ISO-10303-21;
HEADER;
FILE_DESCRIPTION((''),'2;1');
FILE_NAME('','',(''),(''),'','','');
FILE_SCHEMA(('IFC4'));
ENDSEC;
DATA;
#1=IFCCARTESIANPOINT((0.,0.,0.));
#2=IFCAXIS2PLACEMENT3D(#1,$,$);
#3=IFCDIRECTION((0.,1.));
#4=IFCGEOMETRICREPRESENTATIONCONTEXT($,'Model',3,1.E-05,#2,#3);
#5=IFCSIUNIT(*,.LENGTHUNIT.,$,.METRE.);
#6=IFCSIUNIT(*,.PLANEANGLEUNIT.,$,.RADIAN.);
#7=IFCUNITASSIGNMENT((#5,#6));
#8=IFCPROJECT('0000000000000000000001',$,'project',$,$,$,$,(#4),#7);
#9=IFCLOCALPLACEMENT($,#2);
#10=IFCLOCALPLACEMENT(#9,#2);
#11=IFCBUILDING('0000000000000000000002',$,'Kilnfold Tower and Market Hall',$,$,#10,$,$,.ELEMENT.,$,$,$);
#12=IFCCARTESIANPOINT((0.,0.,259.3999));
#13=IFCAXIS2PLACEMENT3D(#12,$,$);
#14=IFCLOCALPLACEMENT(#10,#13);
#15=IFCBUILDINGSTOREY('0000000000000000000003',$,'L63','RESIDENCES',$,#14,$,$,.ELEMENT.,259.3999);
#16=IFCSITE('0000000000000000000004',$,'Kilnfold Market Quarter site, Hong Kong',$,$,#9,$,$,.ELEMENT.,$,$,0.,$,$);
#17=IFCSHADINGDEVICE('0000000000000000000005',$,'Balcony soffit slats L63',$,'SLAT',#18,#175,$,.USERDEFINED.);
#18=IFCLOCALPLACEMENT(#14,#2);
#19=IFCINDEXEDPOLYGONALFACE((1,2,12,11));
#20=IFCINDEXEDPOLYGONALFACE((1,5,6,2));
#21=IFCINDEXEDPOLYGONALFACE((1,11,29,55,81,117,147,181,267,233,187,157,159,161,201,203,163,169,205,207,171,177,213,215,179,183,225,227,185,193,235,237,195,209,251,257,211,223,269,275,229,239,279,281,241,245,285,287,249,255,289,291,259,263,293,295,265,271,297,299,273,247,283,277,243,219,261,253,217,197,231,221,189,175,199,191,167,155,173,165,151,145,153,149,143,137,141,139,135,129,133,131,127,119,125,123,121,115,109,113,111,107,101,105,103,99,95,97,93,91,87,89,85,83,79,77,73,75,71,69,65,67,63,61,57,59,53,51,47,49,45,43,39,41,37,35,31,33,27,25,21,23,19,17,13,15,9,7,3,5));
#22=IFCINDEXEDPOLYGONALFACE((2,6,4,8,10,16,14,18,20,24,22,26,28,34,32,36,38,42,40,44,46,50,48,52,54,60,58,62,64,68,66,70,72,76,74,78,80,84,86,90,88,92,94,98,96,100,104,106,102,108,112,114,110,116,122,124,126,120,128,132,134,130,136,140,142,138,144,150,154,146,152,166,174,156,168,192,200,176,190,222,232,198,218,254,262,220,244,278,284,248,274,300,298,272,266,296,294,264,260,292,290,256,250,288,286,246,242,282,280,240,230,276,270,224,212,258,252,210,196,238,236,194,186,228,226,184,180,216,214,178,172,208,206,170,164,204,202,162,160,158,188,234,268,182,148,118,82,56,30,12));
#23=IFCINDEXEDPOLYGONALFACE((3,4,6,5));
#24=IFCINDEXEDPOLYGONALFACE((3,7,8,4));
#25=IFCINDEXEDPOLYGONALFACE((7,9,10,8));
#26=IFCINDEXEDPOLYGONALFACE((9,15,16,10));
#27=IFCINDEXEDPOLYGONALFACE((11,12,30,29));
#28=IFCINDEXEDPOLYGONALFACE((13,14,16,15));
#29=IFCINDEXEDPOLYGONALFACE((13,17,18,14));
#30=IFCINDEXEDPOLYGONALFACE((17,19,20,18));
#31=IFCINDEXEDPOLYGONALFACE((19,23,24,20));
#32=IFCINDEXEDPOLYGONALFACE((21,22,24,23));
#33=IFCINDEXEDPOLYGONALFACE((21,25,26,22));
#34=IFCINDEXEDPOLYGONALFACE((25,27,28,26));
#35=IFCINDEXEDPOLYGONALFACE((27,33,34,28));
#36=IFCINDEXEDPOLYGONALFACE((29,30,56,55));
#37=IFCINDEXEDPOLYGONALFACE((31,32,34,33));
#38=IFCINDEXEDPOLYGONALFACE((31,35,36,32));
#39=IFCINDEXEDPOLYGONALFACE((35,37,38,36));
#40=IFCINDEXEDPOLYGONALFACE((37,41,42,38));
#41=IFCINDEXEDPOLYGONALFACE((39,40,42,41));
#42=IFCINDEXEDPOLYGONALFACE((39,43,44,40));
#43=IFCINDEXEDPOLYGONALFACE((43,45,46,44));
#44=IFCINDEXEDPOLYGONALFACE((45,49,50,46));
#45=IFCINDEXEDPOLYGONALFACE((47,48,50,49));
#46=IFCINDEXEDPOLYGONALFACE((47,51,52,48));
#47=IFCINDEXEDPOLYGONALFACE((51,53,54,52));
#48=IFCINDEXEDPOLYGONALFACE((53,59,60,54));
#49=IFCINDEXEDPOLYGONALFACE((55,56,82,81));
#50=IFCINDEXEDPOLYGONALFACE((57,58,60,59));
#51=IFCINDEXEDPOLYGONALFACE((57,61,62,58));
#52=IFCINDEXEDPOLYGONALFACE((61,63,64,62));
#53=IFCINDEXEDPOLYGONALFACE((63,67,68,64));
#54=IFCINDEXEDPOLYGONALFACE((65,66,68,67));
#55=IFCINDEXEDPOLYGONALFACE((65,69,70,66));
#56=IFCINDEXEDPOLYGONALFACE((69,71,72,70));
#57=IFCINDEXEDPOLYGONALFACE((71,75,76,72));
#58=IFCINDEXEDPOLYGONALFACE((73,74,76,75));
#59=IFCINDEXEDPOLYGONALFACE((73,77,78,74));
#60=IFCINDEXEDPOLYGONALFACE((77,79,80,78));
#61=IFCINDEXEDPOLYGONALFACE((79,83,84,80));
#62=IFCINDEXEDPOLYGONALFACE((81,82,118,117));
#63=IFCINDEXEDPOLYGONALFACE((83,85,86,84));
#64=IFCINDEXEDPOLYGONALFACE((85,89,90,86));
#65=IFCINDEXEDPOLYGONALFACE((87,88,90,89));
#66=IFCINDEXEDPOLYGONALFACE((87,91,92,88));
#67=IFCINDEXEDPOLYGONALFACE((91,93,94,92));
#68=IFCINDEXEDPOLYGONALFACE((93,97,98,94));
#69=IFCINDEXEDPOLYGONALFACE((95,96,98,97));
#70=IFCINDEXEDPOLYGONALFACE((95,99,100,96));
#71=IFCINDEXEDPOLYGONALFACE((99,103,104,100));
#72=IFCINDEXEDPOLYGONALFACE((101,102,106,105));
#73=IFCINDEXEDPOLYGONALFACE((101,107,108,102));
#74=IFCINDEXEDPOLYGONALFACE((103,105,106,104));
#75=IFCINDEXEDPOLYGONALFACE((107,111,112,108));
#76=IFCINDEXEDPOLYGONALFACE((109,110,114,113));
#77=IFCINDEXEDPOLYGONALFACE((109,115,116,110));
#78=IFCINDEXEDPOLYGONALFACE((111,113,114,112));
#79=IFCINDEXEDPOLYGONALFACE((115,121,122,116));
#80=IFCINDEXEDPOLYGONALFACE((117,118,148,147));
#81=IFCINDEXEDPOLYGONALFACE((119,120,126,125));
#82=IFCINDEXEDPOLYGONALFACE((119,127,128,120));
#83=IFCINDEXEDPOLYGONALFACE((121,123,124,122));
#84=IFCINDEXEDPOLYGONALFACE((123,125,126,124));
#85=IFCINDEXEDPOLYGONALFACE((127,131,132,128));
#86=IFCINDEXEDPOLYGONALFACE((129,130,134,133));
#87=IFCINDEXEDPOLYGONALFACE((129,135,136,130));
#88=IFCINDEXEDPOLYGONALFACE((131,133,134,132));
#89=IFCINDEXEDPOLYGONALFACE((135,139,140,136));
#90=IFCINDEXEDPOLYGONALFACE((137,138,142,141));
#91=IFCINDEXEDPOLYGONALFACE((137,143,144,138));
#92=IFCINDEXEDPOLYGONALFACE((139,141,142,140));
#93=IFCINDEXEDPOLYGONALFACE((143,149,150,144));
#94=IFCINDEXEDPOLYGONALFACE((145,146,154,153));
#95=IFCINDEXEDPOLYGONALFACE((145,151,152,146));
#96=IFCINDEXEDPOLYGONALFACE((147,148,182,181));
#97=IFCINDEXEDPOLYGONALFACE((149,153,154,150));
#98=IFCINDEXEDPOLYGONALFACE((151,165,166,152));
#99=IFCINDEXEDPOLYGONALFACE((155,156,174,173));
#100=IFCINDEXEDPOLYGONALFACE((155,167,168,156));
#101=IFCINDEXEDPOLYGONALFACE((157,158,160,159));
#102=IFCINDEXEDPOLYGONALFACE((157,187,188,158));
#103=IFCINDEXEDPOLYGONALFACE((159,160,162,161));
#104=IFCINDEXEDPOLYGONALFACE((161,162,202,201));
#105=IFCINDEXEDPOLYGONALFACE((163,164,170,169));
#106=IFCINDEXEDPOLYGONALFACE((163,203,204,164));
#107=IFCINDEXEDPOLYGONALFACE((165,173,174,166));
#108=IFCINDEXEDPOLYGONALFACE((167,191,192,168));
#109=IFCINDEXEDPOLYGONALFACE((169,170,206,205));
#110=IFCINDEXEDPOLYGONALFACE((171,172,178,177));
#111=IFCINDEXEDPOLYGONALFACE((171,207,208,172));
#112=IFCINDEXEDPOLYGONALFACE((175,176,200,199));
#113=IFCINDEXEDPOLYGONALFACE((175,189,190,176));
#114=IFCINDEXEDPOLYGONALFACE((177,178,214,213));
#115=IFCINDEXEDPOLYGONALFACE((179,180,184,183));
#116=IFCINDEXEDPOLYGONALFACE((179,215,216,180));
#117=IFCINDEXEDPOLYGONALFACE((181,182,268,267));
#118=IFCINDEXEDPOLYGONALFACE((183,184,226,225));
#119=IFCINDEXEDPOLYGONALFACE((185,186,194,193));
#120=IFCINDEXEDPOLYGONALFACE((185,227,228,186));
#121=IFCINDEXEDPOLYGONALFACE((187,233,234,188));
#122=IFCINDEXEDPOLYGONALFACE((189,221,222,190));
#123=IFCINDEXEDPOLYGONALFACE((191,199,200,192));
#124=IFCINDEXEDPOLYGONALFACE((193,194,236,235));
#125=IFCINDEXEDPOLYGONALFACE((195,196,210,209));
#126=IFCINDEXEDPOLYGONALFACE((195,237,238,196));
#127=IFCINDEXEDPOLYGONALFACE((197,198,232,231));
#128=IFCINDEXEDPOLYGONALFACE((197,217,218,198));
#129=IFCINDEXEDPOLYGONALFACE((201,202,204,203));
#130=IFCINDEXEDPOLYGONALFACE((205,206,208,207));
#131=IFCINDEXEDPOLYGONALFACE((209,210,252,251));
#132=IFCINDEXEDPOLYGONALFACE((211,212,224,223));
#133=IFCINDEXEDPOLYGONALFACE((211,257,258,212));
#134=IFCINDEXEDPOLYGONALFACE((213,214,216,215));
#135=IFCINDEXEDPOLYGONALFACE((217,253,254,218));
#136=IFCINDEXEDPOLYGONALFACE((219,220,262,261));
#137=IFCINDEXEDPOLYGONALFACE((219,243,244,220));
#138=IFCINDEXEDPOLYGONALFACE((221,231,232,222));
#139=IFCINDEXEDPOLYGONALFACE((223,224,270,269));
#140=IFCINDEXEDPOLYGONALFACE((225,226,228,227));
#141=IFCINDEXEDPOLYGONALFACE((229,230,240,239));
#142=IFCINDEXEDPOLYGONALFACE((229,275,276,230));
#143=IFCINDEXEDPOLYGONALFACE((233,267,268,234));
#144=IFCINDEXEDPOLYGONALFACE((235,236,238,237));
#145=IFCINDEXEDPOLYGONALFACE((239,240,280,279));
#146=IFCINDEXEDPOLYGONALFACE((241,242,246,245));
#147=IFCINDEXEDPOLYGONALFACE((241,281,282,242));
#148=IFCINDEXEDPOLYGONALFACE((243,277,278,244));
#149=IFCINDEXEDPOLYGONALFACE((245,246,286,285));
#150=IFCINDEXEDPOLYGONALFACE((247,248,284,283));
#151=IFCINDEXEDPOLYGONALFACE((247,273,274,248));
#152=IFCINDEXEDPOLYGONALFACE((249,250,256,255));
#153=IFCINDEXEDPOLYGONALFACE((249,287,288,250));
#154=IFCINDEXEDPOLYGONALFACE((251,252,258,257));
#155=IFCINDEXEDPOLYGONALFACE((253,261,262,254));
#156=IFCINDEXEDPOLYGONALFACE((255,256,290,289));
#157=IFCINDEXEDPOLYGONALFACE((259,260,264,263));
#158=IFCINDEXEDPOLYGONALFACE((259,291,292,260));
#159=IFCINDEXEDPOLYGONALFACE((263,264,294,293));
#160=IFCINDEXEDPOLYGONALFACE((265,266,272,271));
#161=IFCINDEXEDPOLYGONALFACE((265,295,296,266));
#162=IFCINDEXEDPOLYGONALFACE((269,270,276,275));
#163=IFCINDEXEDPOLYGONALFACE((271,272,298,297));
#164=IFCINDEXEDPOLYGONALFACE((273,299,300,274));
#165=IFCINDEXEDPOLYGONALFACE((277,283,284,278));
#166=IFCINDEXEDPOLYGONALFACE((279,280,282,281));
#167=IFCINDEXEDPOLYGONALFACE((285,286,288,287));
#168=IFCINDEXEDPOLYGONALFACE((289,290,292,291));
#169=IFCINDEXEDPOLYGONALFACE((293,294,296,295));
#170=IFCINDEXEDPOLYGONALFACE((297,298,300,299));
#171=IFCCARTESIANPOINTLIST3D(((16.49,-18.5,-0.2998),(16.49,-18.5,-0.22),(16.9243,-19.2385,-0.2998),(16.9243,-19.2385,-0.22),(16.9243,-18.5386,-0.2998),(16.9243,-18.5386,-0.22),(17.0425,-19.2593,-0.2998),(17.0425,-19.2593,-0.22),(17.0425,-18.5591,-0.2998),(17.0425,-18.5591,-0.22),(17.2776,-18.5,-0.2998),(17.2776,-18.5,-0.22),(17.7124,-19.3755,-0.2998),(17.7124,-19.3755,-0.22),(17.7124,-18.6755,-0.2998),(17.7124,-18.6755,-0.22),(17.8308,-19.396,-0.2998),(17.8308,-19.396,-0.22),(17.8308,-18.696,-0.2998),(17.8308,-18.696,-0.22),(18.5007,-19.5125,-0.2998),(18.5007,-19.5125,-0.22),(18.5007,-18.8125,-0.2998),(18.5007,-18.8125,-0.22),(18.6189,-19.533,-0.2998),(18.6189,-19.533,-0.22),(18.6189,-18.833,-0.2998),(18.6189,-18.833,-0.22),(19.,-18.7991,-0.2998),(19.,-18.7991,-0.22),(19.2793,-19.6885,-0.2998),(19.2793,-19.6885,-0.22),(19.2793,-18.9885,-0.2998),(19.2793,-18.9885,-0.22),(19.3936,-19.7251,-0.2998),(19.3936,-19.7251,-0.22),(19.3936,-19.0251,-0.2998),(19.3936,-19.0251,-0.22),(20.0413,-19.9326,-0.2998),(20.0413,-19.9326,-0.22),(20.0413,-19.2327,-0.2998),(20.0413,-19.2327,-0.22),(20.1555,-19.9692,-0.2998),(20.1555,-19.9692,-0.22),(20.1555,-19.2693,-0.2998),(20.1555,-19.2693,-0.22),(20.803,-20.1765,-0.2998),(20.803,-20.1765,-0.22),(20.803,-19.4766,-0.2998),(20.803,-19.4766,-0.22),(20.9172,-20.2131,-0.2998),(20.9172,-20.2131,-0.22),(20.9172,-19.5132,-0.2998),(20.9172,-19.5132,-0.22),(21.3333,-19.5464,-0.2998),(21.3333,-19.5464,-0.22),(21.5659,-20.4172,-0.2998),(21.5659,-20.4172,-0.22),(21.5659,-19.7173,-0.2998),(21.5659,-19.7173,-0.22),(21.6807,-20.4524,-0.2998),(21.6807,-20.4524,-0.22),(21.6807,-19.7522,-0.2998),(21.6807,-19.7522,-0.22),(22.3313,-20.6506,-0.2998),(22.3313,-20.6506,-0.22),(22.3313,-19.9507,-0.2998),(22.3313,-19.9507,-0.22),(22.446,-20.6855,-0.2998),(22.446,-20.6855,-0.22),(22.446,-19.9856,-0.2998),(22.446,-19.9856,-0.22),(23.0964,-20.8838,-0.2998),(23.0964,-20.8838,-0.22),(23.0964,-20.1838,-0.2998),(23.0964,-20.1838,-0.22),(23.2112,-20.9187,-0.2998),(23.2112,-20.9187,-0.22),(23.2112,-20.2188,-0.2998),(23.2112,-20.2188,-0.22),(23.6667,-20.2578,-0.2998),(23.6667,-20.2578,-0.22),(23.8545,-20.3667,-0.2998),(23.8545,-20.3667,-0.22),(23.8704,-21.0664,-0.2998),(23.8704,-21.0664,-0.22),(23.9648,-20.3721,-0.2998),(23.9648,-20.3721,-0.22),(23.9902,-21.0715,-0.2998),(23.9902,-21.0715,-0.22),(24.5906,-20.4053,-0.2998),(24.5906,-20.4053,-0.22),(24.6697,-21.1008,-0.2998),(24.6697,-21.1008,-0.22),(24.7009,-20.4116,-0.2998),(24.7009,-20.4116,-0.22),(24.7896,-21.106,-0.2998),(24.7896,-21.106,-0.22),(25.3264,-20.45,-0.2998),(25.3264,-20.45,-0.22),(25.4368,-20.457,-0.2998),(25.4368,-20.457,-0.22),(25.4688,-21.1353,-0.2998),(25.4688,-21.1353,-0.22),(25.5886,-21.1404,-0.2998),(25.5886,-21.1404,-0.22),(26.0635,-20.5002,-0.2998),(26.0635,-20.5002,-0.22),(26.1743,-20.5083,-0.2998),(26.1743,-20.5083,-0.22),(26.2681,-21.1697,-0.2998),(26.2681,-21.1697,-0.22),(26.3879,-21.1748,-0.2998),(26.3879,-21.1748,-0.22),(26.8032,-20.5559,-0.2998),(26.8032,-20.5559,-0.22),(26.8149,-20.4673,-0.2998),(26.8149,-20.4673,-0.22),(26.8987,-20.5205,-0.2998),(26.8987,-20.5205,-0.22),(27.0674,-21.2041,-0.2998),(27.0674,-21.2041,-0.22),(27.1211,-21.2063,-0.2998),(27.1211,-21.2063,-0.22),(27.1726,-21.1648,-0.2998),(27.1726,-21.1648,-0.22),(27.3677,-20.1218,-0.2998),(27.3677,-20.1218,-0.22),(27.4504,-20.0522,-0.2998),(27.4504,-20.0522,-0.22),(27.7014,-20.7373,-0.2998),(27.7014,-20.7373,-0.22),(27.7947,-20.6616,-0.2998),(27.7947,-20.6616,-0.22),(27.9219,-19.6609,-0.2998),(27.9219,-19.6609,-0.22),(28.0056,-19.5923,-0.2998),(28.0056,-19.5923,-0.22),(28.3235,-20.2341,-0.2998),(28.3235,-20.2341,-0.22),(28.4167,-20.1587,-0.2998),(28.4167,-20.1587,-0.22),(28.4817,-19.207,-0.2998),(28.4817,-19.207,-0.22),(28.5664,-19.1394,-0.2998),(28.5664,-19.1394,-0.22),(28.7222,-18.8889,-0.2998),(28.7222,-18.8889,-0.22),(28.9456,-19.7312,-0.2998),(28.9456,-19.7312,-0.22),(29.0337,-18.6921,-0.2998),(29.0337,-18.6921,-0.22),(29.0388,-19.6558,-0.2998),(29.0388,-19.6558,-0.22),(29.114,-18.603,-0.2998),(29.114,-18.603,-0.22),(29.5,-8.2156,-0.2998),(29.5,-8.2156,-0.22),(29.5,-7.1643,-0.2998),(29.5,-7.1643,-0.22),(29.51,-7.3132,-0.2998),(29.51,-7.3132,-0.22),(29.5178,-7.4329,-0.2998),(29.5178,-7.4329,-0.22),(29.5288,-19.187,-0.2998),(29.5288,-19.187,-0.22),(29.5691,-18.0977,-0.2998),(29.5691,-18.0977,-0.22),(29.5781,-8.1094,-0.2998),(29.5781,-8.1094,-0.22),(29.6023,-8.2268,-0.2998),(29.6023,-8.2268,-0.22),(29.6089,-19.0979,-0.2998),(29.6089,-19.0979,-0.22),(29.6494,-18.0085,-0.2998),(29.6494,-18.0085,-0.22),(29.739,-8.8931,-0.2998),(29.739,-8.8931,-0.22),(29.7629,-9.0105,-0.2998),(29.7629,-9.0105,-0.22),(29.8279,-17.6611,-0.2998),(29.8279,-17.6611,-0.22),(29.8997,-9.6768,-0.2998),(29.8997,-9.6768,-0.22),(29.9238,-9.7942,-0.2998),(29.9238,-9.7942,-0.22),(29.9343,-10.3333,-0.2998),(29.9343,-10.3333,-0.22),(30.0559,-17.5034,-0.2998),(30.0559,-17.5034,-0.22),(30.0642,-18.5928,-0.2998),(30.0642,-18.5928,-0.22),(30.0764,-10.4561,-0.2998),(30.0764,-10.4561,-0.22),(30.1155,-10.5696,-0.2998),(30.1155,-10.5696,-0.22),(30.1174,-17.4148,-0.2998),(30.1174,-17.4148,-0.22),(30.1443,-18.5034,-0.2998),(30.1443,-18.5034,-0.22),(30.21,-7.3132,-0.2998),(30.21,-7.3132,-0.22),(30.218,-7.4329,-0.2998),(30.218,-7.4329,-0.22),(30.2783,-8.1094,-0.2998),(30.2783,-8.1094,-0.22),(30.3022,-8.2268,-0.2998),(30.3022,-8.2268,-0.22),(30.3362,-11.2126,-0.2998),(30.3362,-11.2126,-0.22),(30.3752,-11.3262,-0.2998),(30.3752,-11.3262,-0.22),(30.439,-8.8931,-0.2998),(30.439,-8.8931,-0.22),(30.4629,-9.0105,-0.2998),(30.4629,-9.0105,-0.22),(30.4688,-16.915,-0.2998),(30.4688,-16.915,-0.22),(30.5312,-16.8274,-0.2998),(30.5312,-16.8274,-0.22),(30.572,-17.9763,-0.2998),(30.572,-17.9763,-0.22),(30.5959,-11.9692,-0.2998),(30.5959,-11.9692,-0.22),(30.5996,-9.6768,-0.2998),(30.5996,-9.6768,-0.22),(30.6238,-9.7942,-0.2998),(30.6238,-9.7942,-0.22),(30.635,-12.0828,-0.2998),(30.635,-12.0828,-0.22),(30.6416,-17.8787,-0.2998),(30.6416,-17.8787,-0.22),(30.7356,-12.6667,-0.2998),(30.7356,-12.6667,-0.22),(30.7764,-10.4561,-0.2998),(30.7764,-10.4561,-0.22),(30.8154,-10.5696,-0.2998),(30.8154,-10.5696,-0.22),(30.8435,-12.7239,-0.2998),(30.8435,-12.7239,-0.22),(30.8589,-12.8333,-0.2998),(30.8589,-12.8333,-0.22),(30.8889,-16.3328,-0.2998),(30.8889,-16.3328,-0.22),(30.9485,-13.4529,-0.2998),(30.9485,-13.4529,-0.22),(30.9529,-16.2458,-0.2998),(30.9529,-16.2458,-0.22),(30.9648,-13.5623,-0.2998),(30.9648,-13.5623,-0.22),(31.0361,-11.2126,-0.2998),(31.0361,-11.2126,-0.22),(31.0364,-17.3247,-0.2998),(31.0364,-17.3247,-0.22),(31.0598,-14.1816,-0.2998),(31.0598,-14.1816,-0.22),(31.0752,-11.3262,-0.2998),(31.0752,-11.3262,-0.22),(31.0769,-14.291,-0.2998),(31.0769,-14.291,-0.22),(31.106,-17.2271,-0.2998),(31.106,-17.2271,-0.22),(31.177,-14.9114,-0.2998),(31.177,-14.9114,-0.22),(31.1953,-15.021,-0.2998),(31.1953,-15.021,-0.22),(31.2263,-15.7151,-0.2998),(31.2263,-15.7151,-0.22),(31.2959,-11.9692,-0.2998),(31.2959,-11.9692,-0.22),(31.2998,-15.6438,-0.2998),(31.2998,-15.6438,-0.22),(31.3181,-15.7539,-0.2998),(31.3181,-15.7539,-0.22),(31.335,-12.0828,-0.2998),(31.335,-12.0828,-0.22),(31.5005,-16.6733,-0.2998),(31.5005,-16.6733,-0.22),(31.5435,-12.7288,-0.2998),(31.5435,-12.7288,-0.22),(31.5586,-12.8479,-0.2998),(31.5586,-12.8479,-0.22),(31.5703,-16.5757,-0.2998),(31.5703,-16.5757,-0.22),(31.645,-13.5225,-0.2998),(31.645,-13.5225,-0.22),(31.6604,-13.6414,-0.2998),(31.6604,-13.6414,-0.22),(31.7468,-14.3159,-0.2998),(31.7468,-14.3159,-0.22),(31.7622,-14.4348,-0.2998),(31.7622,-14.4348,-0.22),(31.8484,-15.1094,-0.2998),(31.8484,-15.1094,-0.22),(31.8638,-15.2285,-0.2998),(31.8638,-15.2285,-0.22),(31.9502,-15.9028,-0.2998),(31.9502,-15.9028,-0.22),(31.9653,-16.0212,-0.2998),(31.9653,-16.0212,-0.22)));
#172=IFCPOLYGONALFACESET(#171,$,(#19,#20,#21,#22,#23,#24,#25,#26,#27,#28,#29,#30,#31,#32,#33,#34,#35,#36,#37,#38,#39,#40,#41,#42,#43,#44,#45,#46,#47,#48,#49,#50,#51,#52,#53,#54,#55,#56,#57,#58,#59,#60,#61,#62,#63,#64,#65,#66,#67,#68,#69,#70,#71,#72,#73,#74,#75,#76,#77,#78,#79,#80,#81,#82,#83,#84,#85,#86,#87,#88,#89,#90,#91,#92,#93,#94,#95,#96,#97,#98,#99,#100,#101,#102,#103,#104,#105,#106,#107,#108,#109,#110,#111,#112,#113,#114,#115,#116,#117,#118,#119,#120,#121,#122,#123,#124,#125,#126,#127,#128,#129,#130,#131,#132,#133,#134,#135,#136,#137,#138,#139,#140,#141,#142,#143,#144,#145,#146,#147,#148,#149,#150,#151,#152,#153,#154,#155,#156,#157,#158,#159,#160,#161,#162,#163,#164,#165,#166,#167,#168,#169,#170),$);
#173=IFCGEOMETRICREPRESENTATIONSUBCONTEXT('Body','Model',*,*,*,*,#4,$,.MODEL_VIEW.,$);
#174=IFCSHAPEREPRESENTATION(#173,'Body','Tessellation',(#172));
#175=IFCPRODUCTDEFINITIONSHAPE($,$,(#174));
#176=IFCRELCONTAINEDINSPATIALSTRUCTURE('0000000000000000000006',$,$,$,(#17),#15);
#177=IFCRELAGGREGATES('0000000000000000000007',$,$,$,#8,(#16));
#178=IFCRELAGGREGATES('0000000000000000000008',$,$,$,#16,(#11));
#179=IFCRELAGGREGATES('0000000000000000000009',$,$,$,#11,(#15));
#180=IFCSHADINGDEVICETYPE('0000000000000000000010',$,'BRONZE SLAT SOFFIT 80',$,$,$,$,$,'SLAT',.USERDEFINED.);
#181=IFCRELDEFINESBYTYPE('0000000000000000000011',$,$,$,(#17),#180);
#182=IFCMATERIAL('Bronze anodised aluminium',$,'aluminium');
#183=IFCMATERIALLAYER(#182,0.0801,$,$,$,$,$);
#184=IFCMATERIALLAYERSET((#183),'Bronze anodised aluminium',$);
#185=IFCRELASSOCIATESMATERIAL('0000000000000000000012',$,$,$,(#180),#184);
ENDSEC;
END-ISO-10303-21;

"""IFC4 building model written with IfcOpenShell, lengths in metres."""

from ifc_helpers import new_model, si_unit, direction, frame, origin, place, context, subcontext, project, spatial, polyline, outline, extrude, source, transform, mapped, material, layer, layer_set, type_object, element, save


model = new_model("IFC4")

# Units and contexts
model_context = context("Model", 3, precision=1e-05, world=origin(), true_north=direction((0.0, 1.0)))
body_context = subcontext(model_context, "Body", "Model", "MODEL_VIEW")
ifc_project = project(units=[si_unit("LENGTHUNIT", "METRE"), si_unit("PLANEANGLEUNIT", "RADIAN")], contexts=[model_context])

# Site, building, storey
site_placement = place(None, origin())
site = spatial("IfcSite", under=ifc_project, at=site_placement, Name="Kilnfold Market Quarter site, Hong Kong", CompositionType="ELEMENT", RefElevation=0.0)
building_placement = place(site_placement, origin())
building = spatial("IfcBuilding", under=site, at=building_placement, Name="Kilnfold Tower and Market Hall", CompositionType="ELEMENT")
storey_placement = place(building_placement, frame((0.0, 0.0, 259.3999)))
storey = spatial("IfcBuildingStorey", under=building, at=storey_placement, Name="L63", Description="RESIDENCES", CompositionType="ELEMENT", Elevation=259.3999)

# Shading device
ifc_material_1 = material(Name="Bronze anodised aluminium", Category="aluminium")
ifc_layer_1 = layer(ifc_material_1, 0.0801)
ifc_layer_set_1 = layer_set([ifc_layer_1], Name="Bronze anodised aluminium")
shading_device_type = type_object("IfcShadingDeviceType", Name="BRONZE SLAT SOFFIT 80", ElementType="SLAT", PredefinedType="USERDEFINED", material=ifc_layer_set_1)
shared_shape_1 = source(origin(), body_context, "Body", "SweptSolid", [
    extrude(outline(polyline([(19.0, -18.7991), (21.3333, -19.5464), (23.6667, -20.2578), (26.8149, -20.4673), (28.7222, -18.8889), (29.8279, -17.6611), (31.2263, -15.7151), (30.7356, -12.6667), (29.9343, -10.3333), (29.5, -8.2156), (29.5, -7.1643), (29.51, -7.3132), (30.21, -7.3132), (30.218, -7.4329), (29.5178, -7.4329), (29.5781, -8.1094), (30.2783, -8.1094), (30.3022, -8.2268), (29.6023, -8.2268), (29.739, -8.8931), (30.439, -8.8931), (30.4629, -9.0105), (29.7629, -9.0105), (29.8997, -9.6768), (30.5996, -9.6768), (30.6238, -9.7942), (29.9238, -9.7942), (30.0764, -10.4561), (30.7764, -10.4561), (30.8154, -10.5696), (30.1155, -10.5696), (30.3362, -11.2126), (31.0361, -11.2126), (31.0752, -11.3262), (30.3752, -11.3262), (30.5959, -11.9692), (31.2959, -11.9692), (31.335, -12.0828), (30.635, -12.0828), (30.8435, -12.7239), (31.5435, -12.7288), (31.5586, -12.8479), (30.8589, -12.8333), (30.9485, -13.4529), (31.645, -13.5225), (31.6604, -13.6414), (30.9648, -13.5623), (31.0598, -14.1816), (31.7468, -14.3159), (31.7622, -14.4348), (31.0769, -14.291), (31.177, -14.9114), (31.8484, -15.1094), (31.8638, -15.2285), (31.1953, -15.021), (31.2998, -15.6438), (31.9502, -15.9028), (31.9653, -16.0212), (31.3181, -15.7539), (30.9529, -16.2458), (31.5703, -16.5757), (31.5005, -16.6733), (30.8889, -16.3328), (30.5312, -16.8274), (31.106, -17.2271), (31.0364, -17.3247), (30.4688, -16.915), (30.1174, -17.4148), (30.6416, -17.8787), (30.572, -17.9763), (30.0559, -17.5034), (29.6494, -18.0085), (30.1443, -18.5034), (30.0642, -18.5928), (29.5691, -18.0977), (29.114, -18.603), (29.6089, -19.0979), (29.5288, -19.187), (29.0337, -18.6921), (28.5664, -19.1394), (29.0388, -19.6558), (28.9456, -19.7312), (28.4817, -19.207), (28.0056, -19.5923), (28.4167, -20.1587), (28.3235, -20.2341), (27.9219, -19.6609), (27.4504, -20.0522), (27.7947, -20.6616), (27.7014, -20.7373), (27.3677, -20.1218), (26.8987, -20.5205), (27.1726, -21.1648), (27.1211, -21.2063), (27.0674, -21.2041), (26.8032, -20.5559), (26.1743, -20.5083), (26.3879, -21.1748), (26.2681, -21.1697), (26.0635, -20.5002), (25.4368, -20.457), (25.5886, -21.1404), (25.4688, -21.1353), (25.3264, -20.45), (24.7009, -20.4116), (24.7896, -21.106), (24.6697, -21.1008), (24.5906, -20.4053), (23.9648, -20.3721), (23.9902, -21.0715), (23.8704, -21.0664), (23.8545, -20.3667), (23.2112, -20.2188), (23.2112, -20.9187), (23.0964, -20.8838), (23.0964, -20.1838), (22.446, -19.9856), (22.446, -20.6855), (22.3313, -20.6506), (22.3313, -19.9507), (21.6807, -19.7522), (21.6807, -20.4524), (21.5659, -20.4172), (21.5659, -19.7173), (20.9172, -19.5132), (20.9172, -20.2131), (20.803, -20.1765), (20.803, -19.4766), (20.1555, -19.2693), (20.1555, -19.9692), (20.0413, -19.9326), (20.0413, -19.2327), (19.3936, -19.0251), (19.3936, -19.7251), (19.2793, -19.6885), (19.2793, -18.9885), (18.6189, -18.833), (18.6189, -19.533), (18.5007, -19.5125), (18.5007, -18.8125), (17.8308, -18.696), (17.8308, -19.396), (17.7124, -19.3755), (17.7124, -18.6755), (17.0425, -18.5591), (17.0425, -19.2593), (16.9243, -19.2385), (16.9243, -18.5386), (16.49, -18.5), (17.2776, -18.5), (19.0, -18.7991)])), origin(), (0.0, 0.0, 1.0), 0.0798),
])
shading_device_placement = place(storey_placement, frame((0.0, 0.0, -0.2998)))
element("IfcShadingDevice", 1, at=shading_device_placement, inside=storey, type_object=shading_device_type, Name="Balcony soffit slats L63", ObjectType="SLAT", PredefinedType="USERDEFINED", context=body_context, shape_type="MappedRepresentation", body=[
    mapped(shared_shape_1, transform((0.0, 0.0, 0.0))),
])

save(model, "model.ifc")
